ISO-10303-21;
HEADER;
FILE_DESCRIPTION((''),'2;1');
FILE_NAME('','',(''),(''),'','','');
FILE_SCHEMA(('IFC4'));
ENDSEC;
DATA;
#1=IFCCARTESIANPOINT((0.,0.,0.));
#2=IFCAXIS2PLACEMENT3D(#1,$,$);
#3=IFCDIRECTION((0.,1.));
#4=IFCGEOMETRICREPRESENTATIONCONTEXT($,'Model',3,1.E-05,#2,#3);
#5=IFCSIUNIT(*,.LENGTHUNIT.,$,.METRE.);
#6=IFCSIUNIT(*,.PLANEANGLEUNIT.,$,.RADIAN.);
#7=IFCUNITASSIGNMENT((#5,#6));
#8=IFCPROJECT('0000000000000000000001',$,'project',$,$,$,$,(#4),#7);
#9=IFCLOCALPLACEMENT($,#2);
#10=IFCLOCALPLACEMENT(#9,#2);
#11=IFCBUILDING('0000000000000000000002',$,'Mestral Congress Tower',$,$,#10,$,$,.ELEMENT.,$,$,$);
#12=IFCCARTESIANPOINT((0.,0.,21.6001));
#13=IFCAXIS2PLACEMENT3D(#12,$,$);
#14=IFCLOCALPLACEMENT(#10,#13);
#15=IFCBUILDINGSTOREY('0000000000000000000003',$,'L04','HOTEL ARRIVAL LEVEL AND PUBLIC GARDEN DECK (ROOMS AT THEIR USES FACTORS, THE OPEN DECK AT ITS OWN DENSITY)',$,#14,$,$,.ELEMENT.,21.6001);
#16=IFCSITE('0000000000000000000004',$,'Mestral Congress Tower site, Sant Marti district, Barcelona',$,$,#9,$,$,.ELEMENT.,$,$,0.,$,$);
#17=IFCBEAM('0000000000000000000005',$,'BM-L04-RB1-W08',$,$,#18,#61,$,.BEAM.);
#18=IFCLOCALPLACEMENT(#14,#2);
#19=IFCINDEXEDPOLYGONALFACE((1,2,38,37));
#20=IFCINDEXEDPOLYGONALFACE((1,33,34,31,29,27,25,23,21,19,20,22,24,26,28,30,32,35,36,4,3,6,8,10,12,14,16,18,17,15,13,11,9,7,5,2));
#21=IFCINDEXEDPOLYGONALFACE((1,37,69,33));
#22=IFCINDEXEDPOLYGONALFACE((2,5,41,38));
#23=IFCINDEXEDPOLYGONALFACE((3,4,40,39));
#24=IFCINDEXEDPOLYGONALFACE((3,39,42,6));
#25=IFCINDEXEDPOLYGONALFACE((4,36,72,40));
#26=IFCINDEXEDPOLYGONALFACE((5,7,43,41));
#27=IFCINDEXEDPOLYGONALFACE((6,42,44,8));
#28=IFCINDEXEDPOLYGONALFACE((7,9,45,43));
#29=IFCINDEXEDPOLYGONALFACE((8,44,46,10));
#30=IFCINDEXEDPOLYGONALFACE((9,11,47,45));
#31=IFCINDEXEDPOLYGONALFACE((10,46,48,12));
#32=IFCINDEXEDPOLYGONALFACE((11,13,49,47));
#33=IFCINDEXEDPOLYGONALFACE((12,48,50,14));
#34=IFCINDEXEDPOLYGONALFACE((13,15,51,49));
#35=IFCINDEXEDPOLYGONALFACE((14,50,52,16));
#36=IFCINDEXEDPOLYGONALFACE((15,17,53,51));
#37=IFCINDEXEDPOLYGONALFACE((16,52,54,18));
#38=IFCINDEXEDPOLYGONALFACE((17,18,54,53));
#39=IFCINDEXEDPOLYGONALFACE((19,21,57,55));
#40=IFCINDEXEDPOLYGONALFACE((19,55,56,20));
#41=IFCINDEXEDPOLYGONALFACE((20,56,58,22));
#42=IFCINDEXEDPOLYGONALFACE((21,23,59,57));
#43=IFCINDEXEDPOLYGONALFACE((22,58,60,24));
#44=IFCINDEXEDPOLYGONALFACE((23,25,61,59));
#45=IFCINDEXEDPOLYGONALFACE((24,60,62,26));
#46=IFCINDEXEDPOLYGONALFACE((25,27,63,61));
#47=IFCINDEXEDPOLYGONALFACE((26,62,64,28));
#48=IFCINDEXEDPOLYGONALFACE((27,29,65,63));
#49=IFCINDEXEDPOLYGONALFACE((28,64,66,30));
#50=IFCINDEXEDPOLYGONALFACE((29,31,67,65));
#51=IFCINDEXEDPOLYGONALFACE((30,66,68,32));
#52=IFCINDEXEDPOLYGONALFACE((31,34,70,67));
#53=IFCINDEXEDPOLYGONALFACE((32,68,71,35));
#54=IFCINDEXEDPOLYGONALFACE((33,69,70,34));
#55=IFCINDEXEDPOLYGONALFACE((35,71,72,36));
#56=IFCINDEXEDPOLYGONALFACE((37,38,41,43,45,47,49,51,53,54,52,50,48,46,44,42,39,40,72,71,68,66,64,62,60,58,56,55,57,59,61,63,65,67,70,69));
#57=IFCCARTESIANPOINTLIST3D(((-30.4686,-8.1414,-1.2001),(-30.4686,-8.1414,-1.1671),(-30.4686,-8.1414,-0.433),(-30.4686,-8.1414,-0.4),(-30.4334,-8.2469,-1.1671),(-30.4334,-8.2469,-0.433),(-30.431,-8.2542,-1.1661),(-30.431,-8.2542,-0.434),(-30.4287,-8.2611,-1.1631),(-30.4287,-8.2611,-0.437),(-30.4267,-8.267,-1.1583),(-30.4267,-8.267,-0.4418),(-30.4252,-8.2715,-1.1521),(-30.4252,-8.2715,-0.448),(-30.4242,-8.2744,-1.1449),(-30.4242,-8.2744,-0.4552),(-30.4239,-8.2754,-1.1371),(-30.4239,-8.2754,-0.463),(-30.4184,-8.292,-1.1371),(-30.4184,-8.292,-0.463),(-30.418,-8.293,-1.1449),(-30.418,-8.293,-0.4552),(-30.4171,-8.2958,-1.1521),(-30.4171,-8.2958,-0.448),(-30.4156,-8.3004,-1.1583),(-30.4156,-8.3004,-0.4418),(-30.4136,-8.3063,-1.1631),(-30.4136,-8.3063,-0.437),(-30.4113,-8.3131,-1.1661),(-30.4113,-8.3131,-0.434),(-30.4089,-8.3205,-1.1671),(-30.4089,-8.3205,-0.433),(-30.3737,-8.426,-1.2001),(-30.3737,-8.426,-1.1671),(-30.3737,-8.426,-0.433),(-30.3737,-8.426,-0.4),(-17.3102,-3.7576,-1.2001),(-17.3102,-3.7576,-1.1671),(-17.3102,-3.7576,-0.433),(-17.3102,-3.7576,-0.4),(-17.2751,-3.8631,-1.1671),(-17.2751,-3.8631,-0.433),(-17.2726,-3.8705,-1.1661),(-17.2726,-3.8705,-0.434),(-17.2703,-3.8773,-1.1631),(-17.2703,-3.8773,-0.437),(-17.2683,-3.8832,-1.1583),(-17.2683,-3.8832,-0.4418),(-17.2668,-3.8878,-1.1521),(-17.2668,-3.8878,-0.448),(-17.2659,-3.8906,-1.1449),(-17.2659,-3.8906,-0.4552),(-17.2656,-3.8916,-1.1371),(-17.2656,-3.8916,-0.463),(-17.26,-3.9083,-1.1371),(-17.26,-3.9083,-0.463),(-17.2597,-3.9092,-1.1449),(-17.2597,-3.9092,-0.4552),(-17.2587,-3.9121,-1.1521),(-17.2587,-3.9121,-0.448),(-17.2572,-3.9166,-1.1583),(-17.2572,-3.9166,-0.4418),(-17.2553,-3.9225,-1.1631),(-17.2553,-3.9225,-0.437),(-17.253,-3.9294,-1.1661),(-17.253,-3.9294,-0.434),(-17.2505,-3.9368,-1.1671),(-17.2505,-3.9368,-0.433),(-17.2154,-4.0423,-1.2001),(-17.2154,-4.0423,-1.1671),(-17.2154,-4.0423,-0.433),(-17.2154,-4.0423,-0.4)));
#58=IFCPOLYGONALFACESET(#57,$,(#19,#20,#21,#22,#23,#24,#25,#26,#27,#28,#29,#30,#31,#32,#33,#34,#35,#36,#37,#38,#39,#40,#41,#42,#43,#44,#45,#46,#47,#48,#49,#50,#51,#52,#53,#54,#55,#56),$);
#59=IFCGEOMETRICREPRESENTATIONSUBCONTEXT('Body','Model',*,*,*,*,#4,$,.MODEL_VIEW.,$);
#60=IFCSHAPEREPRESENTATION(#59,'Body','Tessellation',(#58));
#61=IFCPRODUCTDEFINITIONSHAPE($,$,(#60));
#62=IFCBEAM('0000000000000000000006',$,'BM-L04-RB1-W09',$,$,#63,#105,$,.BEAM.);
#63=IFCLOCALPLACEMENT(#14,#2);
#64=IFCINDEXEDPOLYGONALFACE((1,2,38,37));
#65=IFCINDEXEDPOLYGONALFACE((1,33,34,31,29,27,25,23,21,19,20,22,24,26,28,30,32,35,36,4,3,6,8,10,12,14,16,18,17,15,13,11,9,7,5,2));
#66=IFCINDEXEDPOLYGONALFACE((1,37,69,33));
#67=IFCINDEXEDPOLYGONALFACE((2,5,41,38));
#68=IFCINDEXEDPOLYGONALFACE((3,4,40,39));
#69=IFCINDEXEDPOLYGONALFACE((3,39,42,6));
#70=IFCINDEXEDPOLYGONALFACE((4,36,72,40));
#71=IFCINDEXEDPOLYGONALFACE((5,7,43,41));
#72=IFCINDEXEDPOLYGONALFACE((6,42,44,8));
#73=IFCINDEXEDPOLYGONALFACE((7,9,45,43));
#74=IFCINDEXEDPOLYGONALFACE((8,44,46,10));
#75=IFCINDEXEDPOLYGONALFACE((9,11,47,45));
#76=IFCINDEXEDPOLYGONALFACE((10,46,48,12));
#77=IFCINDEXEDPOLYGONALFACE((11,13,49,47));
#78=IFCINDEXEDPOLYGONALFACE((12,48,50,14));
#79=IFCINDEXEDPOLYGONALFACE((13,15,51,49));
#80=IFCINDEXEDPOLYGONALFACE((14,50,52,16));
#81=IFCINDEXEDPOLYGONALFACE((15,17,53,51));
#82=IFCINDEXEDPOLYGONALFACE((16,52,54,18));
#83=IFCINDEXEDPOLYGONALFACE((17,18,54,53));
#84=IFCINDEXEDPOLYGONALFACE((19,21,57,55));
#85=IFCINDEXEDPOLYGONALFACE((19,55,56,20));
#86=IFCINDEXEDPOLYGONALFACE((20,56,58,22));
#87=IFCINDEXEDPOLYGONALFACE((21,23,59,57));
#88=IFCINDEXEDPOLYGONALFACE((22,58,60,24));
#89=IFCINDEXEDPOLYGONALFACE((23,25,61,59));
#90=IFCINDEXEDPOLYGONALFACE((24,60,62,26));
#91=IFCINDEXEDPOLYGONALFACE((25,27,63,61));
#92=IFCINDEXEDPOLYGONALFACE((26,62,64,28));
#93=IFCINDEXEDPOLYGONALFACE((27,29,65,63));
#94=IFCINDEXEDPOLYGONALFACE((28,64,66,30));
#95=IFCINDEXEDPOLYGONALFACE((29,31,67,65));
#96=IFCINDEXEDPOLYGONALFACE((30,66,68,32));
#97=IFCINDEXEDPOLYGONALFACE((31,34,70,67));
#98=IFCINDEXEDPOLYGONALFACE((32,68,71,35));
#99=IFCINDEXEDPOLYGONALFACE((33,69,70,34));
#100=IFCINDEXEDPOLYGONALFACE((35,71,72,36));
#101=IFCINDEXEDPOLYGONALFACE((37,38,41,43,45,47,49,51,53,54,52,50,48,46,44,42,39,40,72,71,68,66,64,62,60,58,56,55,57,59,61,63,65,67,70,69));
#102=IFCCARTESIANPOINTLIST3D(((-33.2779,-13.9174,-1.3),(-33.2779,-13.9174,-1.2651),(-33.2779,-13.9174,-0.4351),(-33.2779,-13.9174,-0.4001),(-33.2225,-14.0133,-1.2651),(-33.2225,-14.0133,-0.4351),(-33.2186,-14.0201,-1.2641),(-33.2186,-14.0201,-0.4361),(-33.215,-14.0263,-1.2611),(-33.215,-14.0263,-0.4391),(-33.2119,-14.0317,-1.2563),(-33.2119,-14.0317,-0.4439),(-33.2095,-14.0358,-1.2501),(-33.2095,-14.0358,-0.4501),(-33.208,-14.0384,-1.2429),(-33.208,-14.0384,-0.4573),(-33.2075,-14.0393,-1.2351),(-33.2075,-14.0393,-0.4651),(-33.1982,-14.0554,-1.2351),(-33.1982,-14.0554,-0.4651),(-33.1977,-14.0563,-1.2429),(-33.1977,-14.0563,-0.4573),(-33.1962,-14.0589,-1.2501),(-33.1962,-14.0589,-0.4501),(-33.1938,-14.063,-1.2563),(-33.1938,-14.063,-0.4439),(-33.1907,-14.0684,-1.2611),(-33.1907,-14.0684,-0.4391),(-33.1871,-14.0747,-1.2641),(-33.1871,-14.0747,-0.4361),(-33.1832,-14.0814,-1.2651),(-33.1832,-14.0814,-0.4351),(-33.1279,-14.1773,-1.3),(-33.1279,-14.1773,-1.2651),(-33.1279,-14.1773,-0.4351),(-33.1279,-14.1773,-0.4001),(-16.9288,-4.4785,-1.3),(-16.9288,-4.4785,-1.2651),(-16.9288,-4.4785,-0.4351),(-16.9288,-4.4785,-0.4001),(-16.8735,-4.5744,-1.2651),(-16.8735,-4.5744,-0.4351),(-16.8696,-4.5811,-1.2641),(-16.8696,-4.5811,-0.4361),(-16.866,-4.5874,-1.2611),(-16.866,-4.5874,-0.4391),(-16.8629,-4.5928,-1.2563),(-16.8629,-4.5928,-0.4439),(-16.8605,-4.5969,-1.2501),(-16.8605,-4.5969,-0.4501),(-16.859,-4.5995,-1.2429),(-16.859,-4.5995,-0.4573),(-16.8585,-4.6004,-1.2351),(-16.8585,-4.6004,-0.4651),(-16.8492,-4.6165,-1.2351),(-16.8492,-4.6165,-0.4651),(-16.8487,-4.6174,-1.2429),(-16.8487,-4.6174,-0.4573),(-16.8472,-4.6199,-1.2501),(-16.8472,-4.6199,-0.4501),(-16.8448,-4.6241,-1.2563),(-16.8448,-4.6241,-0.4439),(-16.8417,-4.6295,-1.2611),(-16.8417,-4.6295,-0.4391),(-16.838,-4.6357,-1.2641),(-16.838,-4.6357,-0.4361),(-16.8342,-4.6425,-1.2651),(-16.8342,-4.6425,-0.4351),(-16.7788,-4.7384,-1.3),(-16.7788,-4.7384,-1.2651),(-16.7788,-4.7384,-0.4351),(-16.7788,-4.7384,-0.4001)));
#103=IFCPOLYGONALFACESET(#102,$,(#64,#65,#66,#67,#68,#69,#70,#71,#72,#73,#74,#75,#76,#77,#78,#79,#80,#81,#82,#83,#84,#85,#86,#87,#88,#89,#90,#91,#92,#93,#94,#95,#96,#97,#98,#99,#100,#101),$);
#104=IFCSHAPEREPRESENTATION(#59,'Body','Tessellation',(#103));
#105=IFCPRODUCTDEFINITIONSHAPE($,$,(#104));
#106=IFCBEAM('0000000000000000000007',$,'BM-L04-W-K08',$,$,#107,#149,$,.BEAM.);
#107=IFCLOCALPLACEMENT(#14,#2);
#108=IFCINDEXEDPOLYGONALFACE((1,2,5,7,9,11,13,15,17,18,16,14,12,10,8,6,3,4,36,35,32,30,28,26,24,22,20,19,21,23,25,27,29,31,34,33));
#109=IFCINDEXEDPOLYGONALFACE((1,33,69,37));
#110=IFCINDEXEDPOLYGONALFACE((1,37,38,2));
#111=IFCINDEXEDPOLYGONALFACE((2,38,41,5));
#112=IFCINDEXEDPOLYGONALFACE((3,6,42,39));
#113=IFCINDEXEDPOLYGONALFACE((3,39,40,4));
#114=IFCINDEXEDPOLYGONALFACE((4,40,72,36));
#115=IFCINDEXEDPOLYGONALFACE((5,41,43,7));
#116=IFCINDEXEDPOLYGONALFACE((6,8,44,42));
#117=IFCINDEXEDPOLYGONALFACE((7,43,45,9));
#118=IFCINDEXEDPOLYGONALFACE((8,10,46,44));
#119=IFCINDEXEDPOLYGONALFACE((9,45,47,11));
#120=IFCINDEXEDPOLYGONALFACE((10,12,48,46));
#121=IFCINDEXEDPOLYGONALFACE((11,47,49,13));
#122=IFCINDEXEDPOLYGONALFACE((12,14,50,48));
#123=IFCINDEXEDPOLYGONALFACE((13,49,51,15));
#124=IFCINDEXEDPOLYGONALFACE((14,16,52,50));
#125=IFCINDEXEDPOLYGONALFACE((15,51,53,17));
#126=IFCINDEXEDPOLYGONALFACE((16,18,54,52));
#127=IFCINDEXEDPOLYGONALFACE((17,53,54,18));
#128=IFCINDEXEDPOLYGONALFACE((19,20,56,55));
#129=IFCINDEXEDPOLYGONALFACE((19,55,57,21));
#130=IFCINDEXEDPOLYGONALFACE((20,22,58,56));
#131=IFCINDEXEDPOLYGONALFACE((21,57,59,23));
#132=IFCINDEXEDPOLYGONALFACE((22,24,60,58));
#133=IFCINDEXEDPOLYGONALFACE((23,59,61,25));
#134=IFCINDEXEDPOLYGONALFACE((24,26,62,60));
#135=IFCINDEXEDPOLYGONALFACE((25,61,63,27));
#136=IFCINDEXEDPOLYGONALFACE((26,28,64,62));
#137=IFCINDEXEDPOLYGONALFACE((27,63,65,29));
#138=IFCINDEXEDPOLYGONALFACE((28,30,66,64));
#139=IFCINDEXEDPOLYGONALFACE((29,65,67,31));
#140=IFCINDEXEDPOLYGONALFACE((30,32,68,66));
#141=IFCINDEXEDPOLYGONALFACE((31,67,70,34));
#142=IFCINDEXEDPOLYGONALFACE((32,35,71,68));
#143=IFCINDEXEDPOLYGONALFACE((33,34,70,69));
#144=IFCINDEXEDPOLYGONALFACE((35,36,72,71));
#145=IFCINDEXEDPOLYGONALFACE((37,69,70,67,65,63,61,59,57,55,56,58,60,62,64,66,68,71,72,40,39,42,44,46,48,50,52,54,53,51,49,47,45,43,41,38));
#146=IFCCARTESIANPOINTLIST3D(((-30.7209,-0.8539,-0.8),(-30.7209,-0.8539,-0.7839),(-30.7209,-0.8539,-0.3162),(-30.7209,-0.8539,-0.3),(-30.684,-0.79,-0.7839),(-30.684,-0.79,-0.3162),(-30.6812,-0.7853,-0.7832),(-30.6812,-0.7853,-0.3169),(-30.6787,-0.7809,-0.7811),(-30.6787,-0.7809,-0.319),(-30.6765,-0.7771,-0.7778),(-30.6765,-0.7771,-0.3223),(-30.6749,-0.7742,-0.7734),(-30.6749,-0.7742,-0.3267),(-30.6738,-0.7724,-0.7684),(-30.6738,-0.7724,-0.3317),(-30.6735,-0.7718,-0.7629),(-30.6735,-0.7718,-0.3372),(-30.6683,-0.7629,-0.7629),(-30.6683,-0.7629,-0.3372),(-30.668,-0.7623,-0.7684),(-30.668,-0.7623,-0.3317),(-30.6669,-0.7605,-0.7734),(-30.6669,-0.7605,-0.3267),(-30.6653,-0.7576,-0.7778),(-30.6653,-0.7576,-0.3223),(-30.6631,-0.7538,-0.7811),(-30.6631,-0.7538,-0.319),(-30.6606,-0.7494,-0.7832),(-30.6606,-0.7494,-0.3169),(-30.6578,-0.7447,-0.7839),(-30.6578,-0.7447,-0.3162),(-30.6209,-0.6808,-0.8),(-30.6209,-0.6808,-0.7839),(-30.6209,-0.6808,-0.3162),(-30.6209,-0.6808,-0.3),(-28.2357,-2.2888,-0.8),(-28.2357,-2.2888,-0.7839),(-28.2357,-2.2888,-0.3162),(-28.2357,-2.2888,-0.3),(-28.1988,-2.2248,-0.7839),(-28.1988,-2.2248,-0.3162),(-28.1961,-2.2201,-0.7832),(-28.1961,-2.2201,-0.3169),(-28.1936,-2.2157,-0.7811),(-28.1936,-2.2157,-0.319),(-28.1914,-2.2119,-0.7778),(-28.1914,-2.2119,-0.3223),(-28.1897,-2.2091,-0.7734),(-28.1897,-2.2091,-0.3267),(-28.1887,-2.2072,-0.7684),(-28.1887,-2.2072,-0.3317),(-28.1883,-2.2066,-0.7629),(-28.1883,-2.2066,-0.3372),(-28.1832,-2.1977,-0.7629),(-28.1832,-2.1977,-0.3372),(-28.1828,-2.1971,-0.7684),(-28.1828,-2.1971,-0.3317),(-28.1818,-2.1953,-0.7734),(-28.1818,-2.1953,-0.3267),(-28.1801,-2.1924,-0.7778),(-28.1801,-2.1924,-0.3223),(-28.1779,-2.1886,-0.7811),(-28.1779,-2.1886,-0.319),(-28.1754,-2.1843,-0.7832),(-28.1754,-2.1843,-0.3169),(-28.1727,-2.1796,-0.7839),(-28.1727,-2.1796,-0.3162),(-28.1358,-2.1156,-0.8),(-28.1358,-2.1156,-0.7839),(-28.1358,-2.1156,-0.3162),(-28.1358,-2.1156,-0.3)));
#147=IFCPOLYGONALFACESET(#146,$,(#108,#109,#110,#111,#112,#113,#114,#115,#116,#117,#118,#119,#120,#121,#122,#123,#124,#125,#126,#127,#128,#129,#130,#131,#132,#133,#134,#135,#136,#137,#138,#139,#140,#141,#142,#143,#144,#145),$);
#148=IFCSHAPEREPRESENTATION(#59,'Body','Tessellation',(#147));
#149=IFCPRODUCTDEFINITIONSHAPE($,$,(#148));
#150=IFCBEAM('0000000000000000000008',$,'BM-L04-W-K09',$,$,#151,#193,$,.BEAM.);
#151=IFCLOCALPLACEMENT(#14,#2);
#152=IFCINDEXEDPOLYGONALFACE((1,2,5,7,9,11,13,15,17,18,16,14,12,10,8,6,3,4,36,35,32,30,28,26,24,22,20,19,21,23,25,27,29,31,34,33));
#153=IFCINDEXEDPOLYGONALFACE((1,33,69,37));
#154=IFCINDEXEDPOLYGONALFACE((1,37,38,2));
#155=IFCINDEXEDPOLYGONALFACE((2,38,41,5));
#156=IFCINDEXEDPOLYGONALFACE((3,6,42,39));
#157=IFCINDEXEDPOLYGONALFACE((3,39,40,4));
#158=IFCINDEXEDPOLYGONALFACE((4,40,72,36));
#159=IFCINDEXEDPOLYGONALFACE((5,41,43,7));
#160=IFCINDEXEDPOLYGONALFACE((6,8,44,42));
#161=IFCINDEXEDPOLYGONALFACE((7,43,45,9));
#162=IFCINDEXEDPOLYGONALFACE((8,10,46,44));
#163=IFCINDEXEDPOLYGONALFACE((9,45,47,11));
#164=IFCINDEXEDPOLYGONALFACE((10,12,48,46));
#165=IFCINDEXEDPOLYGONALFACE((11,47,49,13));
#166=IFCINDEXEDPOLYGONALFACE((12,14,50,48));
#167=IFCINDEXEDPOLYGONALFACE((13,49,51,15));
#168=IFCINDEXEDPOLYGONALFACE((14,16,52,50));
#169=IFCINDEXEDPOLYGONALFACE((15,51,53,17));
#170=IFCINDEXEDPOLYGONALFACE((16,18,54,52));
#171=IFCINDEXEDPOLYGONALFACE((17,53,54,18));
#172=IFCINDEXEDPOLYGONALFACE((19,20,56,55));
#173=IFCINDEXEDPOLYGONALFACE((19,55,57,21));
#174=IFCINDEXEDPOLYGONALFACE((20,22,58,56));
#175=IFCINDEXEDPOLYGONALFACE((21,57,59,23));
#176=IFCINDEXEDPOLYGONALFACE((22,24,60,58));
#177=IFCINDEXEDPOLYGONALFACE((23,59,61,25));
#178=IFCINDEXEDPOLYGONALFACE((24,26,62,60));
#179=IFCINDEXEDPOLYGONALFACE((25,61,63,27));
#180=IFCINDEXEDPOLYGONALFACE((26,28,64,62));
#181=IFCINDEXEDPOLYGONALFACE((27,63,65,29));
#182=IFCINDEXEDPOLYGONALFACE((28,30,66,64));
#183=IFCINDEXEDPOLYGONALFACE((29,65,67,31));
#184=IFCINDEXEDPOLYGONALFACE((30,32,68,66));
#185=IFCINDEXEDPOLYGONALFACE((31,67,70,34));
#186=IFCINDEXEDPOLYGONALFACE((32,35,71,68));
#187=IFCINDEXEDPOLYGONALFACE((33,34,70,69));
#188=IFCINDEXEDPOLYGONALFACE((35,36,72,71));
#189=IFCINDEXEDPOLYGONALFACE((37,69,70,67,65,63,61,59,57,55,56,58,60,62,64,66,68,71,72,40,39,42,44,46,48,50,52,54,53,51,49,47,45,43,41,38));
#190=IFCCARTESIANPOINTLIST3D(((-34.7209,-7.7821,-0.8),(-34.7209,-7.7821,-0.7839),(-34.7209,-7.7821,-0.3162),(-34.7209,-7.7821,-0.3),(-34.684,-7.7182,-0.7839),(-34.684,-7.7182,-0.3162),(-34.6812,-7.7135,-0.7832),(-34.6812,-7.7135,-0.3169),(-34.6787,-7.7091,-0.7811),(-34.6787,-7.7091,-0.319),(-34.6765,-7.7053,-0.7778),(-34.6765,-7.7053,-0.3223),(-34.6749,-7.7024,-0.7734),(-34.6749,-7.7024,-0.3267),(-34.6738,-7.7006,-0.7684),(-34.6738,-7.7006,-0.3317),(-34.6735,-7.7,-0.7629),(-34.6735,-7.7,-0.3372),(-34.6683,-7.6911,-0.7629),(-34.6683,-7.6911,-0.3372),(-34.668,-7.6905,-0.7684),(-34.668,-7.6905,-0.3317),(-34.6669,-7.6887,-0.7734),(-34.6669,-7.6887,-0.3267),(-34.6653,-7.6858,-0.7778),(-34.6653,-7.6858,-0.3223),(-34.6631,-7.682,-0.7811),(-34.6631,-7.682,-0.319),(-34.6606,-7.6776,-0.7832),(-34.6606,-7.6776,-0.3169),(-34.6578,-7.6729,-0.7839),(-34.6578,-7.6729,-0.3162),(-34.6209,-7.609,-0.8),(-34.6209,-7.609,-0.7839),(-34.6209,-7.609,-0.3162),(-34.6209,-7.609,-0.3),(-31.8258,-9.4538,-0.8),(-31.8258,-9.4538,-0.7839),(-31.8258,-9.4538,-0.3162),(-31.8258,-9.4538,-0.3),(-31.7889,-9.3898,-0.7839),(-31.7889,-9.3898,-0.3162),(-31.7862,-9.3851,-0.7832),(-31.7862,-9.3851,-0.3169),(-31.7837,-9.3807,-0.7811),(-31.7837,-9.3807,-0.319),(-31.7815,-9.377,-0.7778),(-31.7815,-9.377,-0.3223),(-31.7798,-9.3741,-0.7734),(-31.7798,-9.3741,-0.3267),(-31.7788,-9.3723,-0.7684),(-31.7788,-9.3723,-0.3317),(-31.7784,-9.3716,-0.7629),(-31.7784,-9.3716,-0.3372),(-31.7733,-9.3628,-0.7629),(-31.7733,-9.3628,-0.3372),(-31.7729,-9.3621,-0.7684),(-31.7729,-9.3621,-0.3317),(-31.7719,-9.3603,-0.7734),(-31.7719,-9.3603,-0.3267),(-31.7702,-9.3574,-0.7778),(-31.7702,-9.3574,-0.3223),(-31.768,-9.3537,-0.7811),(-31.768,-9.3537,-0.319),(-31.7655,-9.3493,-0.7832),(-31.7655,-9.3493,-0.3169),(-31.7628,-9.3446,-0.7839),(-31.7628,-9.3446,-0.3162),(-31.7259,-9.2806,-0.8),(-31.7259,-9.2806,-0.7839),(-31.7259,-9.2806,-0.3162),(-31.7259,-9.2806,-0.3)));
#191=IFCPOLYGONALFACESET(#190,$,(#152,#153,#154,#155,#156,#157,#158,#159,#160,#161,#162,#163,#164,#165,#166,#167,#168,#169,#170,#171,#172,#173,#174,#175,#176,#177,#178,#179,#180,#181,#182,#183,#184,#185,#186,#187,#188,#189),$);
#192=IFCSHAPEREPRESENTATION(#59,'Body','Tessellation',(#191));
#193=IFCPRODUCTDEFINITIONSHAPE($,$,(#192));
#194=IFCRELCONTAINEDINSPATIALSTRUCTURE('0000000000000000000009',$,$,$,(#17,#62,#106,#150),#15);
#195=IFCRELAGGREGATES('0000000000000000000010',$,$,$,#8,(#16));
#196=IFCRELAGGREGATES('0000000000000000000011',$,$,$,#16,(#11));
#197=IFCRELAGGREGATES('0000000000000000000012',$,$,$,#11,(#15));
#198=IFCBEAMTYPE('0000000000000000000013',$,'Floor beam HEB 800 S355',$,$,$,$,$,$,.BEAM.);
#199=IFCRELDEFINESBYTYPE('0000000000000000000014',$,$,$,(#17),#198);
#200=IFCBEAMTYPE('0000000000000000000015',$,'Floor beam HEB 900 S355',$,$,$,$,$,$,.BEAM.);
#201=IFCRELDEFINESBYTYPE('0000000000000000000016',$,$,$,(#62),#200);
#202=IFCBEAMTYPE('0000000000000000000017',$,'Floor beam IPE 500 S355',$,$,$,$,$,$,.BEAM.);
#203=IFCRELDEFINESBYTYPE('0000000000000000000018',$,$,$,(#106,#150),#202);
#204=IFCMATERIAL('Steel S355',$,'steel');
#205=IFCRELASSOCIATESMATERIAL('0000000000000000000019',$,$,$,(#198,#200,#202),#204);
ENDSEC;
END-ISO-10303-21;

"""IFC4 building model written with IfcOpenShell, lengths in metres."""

from ifc_helpers import new_model, si_unit, direction, frame, origin, origin_2d, place, context, subcontext, project, spatial, i_section, extrude, material, material_profile, profile_set, type_object, element, save


model = new_model("IFC4")

# Units and contexts
model_context = context("Model", 3, precision=1e-05, world=origin(), true_north=direction((0.0, 1.0)))
body_context = subcontext(model_context, "Body", "Model", "MODEL_VIEW")
ifc_project = project(units=[si_unit("LENGTHUNIT", "METRE"), si_unit("PLANEANGLEUNIT", "RADIAN")], contexts=[model_context])

# Site, building, storey
site_placement = place(None, origin())
site = spatial("IfcSite", under=ifc_project, at=site_placement, Name="Mestral Congress Tower site, Sant Marti district, Barcelona", CompositionType="ELEMENT", RefElevation=0.0)
building_placement = place(site_placement, origin())
building = spatial("IfcBuilding", under=site, at=building_placement, Name="Mestral Congress Tower", CompositionType="ELEMENT")
storey_placement = place(building_placement, frame((0.0, 0.0, 21.6001)))
storey = spatial("IfcBuildingStorey", under=building, at=storey_placement, Name="L04", Description="HOTEL ARRIVAL LEVEL AND PUBLIC GARDEN DECK (ROOMS AT THEIR USES FACTORS, THE OPEN DECK AT ITS OWN DENSITY)", CompositionType="ELEMENT", Elevation=21.6001)

# Beams
ifc_material_1 = material(Name="Steel S355", Category="steel")
ifc_material_profile_1 = material_profile(ifc_material_1, i_section(OverallWidth=0.3, OverallDepth=0.8, WebThickness=0.0176, FlangeThickness=0.033, FilletRadius=0.03, at=origin_2d()), Name="HEB 800")
ifc_profile_set_1 = profile_set([ifc_material_profile_1], Name="Steel S355")
beam_type_1 = type_object("IfcBeamType", Name="Floor beam HEB 800 S355", PredefinedType="BEAM", material=ifc_profile_set_1)
beam_1_placement = place(storey_placement, frame((-30.4211, -8.2837, -0.8), z_axis=(0.948734, 0.316075, 0.0), x_axis=(-0.316075, 0.948734, 0.0)))
element("IfcBeam", 1, at=beam_1_placement, inside=storey, type_object=beam_type_1, Name="BM-L04-RB1-W08", PredefinedType="BEAM", context=body_context, shape_type="SweptSolid", body=[
    extrude(i_section(OverallWidth=0.3, OverallDepth=0.8, WebThickness=0.0176, FlangeThickness=0.033, FilletRadius=0.03, at=origin_2d()), origin(), (0.0, 0.0, 1.0), 13.8694),
])
ifc_material_profile_2 = material_profile(ifc_material_1, i_section(OverallWidth=0.3, OverallDepth=0.8999, WebThickness=0.0186, FlangeThickness=0.0349, FilletRadius=0.03, at=origin_2d()), Name="HEB 900")
ifc_profile_set_2 = profile_set([ifc_material_profile_2], Name="Steel S355")
beam_type_2 = type_object("IfcBeamType", Name="Floor beam HEB 900 S355", PredefinedType="BEAM", material=ifc_profile_set_2)
beam_2_placement = place(storey_placement, frame((-33.2029, -14.0474, -0.8501), z_axis=(0.86603, 0.499992, 0.0), x_axis=(-0.499992, 0.86603, 0.0)))
element("IfcBeam", 2, at=beam_2_placement, inside=storey, type_object=beam_type_2, Name="BM-L04-RB1-W09", PredefinedType="BEAM", context=body_context, shape_type="SweptSolid", body=[
    extrude(i_section(OverallWidth=0.3, OverallDepth=0.8999, WebThickness=0.0186, FlangeThickness=0.0349, FilletRadius=0.03, at=origin_2d()), origin(), (0.0, 0.0, 1.0), 18.8782),
])
ifc_material_profile_3 = material_profile(ifc_material_1, i_section(OverallWidth=0.2, OverallDepth=0.5, WebThickness=0.0103, FlangeThickness=0.0161, FilletRadius=0.021, at=origin_2d()), Name="IPE 500")
ifc_profile_set_3 = profile_set([ifc_material_profile_3], Name="Steel S355")
beam_type_3 = type_object("IfcBeamType", Name="Floor beam IPE 500 S355", PredefinedType="BEAM", material=ifc_profile_set_3)
beam_3_placement = place(storey_placement, frame((-30.6709, -0.7673, -0.55), z_axis=(0.86602, -0.50001, 0.0), x_axis=(0.50001, 0.86602, 0.0)))
element("IfcBeam", 3, at=beam_3_placement, inside=storey, type_object=beam_type_3, Name="BM-L04-W-K08", PredefinedType="BEAM", context=body_context, shape_type="SweptSolid", body=[
    extrude(i_section(OverallWidth=0.2, OverallDepth=0.5, WebThickness=0.0103, FlangeThickness=0.0161, FilletRadius=0.021, at=origin_2d()), origin(), (0.0, 0.0, 1.0), 2.8696),
])
beam_4_placement = place(storey_placement, frame((-34.6709, -7.6956, -0.55), z_axis=(0.866001, -0.500043, 0.0), x_axis=(0.500043, 0.866001, 0.0)))
element("IfcBeam", 4, at=beam_4_placement, inside=storey, type_object=beam_type_3, Name="BM-L04-W-K09", PredefinedType="BEAM", context=body_context, shape_type="SweptSolid", body=[
    extrude(i_section(OverallWidth=0.2, OverallDepth=0.5, WebThickness=0.0103, FlangeThickness=0.0161, FilletRadius=0.021, at=origin_2d()), origin(), (0.0, 0.0, 1.0), 3.343),
])

save(model, "model.ifc")
